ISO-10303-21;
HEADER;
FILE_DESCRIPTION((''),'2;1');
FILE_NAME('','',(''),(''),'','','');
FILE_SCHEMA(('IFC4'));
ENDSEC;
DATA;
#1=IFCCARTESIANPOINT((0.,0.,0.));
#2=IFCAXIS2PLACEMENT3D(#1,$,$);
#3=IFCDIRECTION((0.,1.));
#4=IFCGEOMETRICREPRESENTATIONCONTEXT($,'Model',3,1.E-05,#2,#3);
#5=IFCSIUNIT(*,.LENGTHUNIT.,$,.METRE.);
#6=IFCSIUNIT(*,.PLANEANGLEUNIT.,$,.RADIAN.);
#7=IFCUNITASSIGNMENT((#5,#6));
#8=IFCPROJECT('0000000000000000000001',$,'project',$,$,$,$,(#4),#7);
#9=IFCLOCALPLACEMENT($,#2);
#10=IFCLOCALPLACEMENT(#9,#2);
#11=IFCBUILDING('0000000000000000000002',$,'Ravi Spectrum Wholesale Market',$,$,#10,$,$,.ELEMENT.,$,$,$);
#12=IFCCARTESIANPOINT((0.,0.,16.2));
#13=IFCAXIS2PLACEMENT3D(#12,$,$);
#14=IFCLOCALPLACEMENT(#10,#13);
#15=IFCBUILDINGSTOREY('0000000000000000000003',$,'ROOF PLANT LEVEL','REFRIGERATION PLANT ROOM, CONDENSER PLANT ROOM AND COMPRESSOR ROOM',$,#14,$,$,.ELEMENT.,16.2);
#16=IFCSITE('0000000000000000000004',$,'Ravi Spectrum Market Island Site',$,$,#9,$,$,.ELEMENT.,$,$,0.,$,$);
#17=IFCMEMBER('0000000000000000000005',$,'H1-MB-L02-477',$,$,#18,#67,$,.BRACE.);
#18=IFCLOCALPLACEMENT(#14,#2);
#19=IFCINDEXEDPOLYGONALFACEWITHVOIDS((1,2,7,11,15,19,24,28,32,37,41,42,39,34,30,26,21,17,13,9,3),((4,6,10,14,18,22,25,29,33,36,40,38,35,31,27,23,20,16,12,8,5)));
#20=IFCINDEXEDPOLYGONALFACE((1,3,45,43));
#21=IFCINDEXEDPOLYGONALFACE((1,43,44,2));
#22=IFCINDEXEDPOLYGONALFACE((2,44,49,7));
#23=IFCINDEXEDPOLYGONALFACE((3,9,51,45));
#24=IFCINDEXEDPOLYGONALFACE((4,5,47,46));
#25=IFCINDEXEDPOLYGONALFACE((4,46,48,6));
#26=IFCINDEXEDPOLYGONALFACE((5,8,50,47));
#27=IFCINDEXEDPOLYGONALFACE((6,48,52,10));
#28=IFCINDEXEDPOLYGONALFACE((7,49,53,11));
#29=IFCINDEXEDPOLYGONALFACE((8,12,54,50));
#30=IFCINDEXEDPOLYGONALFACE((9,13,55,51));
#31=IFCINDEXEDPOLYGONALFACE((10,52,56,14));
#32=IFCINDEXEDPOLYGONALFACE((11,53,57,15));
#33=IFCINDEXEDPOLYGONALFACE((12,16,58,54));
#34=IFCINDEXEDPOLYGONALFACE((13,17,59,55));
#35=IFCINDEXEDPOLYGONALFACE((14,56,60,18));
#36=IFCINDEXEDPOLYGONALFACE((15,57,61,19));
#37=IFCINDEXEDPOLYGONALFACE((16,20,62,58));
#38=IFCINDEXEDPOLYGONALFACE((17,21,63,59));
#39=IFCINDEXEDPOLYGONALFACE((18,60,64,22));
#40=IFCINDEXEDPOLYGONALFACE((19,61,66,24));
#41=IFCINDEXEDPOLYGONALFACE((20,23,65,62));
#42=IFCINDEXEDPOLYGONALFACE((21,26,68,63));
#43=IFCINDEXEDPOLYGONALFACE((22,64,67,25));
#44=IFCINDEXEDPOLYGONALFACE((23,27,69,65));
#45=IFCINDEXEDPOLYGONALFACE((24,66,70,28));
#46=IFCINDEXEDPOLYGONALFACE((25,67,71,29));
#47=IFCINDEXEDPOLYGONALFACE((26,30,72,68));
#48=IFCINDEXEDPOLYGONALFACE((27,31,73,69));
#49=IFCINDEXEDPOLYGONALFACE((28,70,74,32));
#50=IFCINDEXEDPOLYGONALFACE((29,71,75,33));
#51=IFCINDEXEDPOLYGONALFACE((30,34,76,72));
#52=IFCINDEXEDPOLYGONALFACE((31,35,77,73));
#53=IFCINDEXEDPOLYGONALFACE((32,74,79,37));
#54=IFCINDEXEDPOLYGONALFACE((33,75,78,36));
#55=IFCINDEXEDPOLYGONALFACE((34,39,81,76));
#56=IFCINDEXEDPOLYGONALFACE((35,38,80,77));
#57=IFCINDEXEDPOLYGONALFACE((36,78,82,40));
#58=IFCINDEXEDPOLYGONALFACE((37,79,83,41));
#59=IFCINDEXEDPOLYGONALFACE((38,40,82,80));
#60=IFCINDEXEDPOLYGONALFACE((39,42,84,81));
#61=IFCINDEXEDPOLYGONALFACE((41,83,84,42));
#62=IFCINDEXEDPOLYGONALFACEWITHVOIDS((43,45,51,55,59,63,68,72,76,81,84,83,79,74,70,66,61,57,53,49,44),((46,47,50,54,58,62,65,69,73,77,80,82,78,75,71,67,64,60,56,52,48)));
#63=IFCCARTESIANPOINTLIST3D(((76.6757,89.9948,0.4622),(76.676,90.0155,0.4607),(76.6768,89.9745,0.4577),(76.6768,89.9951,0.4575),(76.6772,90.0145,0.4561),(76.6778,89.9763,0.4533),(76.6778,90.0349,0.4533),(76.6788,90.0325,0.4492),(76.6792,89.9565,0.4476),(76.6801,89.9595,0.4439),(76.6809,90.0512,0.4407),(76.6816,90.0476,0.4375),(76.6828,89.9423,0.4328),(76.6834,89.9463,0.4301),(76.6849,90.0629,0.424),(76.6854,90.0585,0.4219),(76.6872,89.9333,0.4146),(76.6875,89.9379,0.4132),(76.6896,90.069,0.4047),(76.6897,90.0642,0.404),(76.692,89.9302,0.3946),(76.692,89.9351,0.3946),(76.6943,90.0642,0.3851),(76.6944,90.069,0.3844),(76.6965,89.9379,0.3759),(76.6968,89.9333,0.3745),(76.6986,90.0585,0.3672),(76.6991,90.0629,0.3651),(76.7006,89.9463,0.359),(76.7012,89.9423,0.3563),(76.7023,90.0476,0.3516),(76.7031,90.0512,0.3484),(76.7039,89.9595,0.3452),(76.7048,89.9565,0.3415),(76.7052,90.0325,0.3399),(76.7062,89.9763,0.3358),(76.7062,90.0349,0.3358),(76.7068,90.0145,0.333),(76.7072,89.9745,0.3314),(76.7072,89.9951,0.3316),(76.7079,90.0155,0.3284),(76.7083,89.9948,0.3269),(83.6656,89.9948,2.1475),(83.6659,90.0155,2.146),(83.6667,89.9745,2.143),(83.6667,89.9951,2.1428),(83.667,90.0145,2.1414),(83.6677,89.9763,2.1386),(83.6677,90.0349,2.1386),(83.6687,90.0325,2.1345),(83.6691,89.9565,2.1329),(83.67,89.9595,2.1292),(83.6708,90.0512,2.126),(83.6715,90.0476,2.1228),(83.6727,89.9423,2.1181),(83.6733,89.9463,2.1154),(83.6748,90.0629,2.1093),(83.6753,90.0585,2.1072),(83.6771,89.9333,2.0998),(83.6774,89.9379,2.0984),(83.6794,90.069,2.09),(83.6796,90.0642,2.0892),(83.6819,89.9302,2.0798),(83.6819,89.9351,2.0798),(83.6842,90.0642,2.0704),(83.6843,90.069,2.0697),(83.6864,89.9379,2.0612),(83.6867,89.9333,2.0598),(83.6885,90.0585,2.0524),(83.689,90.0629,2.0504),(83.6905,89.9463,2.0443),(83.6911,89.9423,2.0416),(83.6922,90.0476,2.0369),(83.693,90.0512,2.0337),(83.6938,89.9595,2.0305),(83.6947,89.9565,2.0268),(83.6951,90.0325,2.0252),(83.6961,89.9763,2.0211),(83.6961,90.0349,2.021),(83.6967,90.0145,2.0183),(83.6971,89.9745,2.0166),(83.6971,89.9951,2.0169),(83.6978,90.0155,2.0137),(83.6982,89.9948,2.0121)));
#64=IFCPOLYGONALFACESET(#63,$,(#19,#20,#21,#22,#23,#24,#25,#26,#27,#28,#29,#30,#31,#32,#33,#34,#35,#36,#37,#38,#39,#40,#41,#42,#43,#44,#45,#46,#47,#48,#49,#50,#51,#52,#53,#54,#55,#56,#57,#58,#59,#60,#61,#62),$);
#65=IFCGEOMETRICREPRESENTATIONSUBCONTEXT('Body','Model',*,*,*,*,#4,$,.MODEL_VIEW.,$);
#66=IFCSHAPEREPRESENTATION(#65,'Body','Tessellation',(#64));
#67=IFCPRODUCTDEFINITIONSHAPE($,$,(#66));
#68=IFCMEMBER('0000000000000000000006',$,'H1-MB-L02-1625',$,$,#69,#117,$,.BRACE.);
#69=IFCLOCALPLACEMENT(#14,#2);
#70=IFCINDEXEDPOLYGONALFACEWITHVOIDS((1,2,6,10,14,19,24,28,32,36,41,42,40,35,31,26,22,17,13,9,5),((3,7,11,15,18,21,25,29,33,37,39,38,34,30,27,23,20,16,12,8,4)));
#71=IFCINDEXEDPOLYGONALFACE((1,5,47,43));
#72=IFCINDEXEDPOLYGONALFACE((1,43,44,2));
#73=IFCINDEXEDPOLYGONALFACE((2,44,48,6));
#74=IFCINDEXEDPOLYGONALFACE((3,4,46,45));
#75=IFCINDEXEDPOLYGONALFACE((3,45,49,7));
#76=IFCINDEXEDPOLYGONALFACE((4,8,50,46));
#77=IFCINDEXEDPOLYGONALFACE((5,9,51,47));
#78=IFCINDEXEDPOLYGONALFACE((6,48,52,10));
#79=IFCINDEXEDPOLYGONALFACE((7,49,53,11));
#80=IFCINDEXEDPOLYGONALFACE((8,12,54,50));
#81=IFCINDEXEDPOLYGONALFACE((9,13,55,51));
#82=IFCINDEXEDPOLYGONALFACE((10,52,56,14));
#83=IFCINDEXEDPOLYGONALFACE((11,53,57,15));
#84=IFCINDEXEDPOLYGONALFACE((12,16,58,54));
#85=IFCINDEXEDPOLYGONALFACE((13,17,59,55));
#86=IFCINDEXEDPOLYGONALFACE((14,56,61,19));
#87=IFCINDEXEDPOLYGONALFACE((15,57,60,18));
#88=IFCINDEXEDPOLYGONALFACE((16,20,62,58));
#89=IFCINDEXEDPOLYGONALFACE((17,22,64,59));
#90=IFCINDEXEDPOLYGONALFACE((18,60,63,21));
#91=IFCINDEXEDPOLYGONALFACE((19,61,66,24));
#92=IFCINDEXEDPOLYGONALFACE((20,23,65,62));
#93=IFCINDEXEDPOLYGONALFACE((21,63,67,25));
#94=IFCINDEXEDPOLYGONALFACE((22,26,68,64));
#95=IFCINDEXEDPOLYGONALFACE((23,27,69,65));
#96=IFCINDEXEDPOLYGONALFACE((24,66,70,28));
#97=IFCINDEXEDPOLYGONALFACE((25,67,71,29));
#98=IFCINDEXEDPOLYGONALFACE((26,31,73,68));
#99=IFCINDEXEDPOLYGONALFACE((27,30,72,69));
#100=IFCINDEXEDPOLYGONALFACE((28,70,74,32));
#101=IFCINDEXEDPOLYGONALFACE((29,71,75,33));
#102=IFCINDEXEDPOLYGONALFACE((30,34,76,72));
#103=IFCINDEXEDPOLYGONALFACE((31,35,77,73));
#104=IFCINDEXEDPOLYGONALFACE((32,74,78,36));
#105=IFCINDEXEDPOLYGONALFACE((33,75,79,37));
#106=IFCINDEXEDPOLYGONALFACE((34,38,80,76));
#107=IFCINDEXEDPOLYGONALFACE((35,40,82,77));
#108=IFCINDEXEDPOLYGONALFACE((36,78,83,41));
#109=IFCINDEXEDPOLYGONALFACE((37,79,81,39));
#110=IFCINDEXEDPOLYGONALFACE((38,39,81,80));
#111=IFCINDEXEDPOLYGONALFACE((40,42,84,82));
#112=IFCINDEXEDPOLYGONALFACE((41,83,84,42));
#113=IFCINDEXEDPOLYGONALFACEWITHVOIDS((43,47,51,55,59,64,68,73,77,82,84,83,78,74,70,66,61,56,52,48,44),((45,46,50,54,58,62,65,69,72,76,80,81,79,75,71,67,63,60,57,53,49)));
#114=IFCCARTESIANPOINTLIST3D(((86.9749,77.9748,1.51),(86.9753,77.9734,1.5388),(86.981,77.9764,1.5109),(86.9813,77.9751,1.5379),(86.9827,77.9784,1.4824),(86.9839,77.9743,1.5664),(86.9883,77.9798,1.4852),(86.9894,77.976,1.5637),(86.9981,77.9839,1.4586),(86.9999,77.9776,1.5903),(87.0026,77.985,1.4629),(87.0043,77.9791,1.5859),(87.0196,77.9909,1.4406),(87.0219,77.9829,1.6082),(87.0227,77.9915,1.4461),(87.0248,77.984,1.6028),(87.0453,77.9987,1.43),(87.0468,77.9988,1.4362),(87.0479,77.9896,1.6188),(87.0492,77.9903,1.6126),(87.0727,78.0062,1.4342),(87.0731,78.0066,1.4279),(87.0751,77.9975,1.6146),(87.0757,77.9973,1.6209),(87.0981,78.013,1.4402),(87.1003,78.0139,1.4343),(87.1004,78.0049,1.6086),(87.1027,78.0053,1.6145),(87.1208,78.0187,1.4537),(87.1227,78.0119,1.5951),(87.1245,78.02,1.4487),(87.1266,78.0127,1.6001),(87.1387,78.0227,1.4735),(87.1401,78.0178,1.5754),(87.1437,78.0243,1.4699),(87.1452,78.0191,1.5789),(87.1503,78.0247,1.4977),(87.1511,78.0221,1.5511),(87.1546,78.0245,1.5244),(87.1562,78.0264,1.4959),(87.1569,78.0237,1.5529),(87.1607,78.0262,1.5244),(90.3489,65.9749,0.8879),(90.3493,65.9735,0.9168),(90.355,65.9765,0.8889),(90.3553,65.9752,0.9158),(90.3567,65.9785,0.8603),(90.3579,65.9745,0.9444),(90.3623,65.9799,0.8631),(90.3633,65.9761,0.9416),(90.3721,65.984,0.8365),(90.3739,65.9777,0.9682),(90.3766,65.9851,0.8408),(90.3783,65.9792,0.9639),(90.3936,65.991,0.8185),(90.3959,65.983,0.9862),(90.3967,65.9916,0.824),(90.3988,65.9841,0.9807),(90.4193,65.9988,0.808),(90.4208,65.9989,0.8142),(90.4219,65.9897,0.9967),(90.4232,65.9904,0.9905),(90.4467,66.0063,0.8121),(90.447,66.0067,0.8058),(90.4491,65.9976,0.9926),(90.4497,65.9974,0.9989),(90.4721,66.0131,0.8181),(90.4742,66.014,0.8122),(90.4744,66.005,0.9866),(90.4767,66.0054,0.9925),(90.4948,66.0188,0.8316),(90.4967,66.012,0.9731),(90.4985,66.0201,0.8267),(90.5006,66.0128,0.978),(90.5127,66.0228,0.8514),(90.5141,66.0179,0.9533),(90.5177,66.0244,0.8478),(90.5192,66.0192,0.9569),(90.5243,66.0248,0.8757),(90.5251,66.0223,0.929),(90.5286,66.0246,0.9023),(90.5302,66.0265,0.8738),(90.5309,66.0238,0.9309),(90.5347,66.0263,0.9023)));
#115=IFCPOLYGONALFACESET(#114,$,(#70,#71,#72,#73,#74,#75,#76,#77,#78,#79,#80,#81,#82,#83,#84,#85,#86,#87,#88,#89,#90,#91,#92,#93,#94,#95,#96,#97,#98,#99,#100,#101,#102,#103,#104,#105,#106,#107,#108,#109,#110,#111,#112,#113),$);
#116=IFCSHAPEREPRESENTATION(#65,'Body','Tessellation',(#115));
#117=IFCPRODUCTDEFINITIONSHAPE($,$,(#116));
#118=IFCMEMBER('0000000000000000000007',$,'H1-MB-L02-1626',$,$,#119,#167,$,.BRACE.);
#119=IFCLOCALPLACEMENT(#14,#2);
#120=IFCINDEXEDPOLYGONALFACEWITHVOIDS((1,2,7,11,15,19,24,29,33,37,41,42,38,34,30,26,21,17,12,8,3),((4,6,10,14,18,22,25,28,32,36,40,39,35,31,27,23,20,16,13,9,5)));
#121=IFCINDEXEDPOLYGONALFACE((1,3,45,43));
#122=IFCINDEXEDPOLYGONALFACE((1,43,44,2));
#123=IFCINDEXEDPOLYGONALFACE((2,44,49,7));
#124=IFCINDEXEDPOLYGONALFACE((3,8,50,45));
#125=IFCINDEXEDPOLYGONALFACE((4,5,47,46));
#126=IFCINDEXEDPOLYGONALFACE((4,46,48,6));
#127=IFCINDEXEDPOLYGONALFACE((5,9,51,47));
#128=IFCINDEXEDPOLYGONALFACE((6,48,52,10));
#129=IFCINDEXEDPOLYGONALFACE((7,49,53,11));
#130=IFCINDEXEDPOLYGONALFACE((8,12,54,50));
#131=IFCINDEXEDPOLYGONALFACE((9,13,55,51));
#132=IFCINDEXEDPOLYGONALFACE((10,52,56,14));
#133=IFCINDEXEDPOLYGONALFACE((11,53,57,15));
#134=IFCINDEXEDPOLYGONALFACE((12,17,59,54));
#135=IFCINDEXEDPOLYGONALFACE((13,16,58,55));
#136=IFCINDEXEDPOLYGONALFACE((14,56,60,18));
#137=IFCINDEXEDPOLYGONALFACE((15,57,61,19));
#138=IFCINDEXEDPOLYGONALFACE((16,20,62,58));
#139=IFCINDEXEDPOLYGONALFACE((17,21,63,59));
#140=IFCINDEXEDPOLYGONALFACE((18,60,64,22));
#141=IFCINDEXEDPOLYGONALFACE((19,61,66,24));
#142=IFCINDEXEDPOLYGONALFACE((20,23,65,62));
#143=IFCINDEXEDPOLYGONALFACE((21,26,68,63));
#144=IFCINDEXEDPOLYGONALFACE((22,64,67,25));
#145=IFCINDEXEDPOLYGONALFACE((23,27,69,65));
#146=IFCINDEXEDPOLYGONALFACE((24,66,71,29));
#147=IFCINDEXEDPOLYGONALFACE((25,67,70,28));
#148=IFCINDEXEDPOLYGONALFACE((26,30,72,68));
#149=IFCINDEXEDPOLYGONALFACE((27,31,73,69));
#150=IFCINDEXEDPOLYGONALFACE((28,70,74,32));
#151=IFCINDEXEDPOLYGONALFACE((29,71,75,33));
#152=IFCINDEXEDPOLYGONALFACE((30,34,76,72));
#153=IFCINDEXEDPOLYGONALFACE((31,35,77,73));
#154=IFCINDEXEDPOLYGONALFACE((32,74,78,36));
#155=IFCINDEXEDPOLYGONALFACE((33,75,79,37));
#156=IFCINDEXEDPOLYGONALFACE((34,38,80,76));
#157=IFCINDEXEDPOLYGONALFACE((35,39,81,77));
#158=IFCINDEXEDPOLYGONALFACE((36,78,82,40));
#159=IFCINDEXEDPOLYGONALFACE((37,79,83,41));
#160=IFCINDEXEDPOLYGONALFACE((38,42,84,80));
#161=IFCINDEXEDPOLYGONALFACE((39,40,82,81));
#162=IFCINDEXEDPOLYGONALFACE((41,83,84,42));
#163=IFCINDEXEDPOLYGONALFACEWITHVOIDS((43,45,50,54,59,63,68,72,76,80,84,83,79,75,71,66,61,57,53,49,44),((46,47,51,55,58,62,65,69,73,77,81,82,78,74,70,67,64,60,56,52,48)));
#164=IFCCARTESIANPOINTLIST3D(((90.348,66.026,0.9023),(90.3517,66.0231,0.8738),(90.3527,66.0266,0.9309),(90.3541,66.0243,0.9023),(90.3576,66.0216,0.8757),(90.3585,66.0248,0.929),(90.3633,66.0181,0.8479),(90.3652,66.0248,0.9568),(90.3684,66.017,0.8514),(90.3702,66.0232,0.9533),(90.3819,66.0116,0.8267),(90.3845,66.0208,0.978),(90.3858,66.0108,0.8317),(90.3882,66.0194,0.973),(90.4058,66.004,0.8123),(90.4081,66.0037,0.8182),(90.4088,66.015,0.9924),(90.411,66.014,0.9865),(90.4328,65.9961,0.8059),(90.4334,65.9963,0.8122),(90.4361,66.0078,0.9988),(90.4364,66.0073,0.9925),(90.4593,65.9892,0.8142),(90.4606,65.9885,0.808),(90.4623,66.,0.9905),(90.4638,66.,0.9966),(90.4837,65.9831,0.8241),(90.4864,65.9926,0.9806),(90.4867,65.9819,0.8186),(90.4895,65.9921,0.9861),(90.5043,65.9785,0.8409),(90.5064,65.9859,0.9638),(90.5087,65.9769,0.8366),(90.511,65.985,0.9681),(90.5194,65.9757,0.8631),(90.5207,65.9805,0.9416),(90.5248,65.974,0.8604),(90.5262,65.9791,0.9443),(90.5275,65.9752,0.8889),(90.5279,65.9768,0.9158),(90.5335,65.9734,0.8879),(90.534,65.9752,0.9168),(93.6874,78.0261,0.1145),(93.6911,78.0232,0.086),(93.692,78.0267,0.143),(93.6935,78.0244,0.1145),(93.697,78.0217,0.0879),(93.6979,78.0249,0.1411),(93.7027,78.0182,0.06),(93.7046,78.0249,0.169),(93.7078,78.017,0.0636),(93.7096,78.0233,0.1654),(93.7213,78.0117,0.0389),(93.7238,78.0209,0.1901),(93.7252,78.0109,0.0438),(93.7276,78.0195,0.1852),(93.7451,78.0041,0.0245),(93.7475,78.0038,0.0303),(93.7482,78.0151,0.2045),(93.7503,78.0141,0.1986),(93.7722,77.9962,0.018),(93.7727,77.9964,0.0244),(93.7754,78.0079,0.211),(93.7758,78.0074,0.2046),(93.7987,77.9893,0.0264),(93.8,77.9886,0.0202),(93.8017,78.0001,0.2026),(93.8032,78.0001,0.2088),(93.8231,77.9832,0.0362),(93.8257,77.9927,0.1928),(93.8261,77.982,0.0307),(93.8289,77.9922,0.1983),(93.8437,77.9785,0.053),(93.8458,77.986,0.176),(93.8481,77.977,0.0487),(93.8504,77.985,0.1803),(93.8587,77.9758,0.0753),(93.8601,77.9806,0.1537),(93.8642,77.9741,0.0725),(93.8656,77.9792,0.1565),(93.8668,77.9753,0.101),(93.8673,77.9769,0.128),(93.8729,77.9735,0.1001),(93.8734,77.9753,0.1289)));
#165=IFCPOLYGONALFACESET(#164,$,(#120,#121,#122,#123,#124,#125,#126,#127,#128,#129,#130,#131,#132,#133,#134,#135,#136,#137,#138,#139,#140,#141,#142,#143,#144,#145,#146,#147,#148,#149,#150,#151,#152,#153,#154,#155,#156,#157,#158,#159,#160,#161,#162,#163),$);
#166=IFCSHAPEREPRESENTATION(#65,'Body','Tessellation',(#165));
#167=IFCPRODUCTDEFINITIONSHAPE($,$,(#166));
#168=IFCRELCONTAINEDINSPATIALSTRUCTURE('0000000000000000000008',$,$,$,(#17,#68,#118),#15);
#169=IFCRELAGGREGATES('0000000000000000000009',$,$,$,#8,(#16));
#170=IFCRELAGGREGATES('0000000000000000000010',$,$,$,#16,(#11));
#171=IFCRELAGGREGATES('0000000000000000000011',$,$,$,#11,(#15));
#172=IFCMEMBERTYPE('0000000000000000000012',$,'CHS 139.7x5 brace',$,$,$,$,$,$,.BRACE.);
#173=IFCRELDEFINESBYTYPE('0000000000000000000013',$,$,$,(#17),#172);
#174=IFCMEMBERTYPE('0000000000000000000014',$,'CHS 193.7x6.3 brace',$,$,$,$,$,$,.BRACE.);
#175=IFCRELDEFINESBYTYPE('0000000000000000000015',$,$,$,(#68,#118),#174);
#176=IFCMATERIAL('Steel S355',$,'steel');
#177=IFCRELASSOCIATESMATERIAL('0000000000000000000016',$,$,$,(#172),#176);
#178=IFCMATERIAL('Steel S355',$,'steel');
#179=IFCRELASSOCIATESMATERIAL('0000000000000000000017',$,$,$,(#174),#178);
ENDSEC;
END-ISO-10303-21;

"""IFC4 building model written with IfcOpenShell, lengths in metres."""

from ifc_helpers import new_model, si_unit, direction, frame, origin, origin_2d, place, context, subcontext, project, spatial, hollow_circle, extrude, material, material_profile, profile_set, type_object, element, save


model = new_model("IFC4")

# Units and contexts
model_context = context("Model", 3, precision=1e-05, world=origin(), true_north=direction((0.0, 1.0)))
body_context = subcontext(model_context, "Body", "Model", "MODEL_VIEW")
ifc_project = project(units=[si_unit("LENGTHUNIT", "METRE"), si_unit("PLANEANGLEUNIT", "RADIAN")], contexts=[model_context])

# Site, building, storey
site_placement = place(None, origin())
site = spatial("IfcSite", under=ifc_project, at=site_placement, Name="Ravi Spectrum Market Island Site", CompositionType="ELEMENT", RefElevation=0.0)
building_placement = place(site_placement, origin())
building = spatial("IfcBuilding", under=site, at=building_placement, Name="Ravi Spectrum Wholesale Market", CompositionType="ELEMENT")
storey_placement = place(building_placement, frame((0.0, 0.0, 16.2)))
storey = spatial("IfcBuildingStorey", under=building, at=storey_placement, Name="ROOF PLANT LEVEL", Description="REFRIGERATION PLANT ROOM, CONDENSER PLANT ROOM AND COMPRESSOR ROOM", CompositionType="ELEMENT", Elevation=16.2)

# Members
ifc_material_1 = material(Name="Steel S355", Category="steel")
ifc_material_profile_1 = material_profile(ifc_material_1, hollow_circle(Radius=0.0698, WallThickness=0.0049, at=origin_2d()))
ifc_profile_set_1 = profile_set([ifc_material_profile_1], Name="Steel S355")
member_type_1 = type_object("IfcMemberType", Name="CHS 139.7x5 brace", PredefinedType="BRACE", material=ifc_profile_set_1)
member_1_placement = place(storey_placement, frame((83.6819, 90.0, 2.0798), z_axis=(-0.972144, 0.0, -0.234386), x_axis=(0.0, -1.0, 0.0)))
element("IfcMember", 1, at=member_1_placement, inside=storey, type_object=member_type_1, Name="H1-MB-L02-477", PredefinedType="BRACE", context=body_context, shape_type="SweptSolid", body=[
    extrude(hollow_circle(Radius=0.0698, WallThickness=0.0049, at=origin_2d()), origin(), (0.0, 0.0, 1.0), 7.1902),
])
ifc_material_2 = material(Name="Steel S355", Category="steel")
ifc_material_profile_2 = material_profile(ifc_material_2, hollow_circle(Radius=0.0969, WallThickness=0.0063, at=origin_2d()))
ifc_profile_set_2 = profile_set([ifc_material_profile_2], Name="Steel S355")
member_type_2 = type_object("IfcMemberType", Name="CHS 193.7x6.3 brace", PredefinedType="BRACE", material=ifc_profile_set_2)
member_2_placement = place(storey_placement, frame((87.0674, 78.0, 1.5244), z_axis=(0.270337, -0.961475, -0.049842), x_axis=(0.962671, 0.270673, 0.0)))
element("IfcMember", 2, at=member_2_placement, inside=storey, type_object=member_type_2, Name="H1-MB-L02-1625", PredefinedType="BRACE", context=body_context, shape_type="SweptSolid", body=[
    extrude(hollow_circle(Radius=0.0969, WallThickness=0.0063, at=origin_2d()), origin(), (0.0, 0.0, 1.0), 12.4807),
])
member_3_placement = place(storey_placement, frame((90.4414, 66.0, 0.9023), z_axis=(0.267558, 0.961472, -0.063124), x_axis=(-0.963393, 0.268093, 0.0)))
element("IfcMember", 3, at=member_3_placement, inside=storey, type_object=member_type_2, Name="H1-MB-L02-1626", PredefinedType="BRACE", context=body_context, shape_type="SweptSolid", body=[
    extrude(hollow_circle(Radius=0.0969, WallThickness=0.0063, at=origin_2d()), origin(), (0.0, 0.0, 1.0), 12.481),
])

save(model, "model.ifc")
